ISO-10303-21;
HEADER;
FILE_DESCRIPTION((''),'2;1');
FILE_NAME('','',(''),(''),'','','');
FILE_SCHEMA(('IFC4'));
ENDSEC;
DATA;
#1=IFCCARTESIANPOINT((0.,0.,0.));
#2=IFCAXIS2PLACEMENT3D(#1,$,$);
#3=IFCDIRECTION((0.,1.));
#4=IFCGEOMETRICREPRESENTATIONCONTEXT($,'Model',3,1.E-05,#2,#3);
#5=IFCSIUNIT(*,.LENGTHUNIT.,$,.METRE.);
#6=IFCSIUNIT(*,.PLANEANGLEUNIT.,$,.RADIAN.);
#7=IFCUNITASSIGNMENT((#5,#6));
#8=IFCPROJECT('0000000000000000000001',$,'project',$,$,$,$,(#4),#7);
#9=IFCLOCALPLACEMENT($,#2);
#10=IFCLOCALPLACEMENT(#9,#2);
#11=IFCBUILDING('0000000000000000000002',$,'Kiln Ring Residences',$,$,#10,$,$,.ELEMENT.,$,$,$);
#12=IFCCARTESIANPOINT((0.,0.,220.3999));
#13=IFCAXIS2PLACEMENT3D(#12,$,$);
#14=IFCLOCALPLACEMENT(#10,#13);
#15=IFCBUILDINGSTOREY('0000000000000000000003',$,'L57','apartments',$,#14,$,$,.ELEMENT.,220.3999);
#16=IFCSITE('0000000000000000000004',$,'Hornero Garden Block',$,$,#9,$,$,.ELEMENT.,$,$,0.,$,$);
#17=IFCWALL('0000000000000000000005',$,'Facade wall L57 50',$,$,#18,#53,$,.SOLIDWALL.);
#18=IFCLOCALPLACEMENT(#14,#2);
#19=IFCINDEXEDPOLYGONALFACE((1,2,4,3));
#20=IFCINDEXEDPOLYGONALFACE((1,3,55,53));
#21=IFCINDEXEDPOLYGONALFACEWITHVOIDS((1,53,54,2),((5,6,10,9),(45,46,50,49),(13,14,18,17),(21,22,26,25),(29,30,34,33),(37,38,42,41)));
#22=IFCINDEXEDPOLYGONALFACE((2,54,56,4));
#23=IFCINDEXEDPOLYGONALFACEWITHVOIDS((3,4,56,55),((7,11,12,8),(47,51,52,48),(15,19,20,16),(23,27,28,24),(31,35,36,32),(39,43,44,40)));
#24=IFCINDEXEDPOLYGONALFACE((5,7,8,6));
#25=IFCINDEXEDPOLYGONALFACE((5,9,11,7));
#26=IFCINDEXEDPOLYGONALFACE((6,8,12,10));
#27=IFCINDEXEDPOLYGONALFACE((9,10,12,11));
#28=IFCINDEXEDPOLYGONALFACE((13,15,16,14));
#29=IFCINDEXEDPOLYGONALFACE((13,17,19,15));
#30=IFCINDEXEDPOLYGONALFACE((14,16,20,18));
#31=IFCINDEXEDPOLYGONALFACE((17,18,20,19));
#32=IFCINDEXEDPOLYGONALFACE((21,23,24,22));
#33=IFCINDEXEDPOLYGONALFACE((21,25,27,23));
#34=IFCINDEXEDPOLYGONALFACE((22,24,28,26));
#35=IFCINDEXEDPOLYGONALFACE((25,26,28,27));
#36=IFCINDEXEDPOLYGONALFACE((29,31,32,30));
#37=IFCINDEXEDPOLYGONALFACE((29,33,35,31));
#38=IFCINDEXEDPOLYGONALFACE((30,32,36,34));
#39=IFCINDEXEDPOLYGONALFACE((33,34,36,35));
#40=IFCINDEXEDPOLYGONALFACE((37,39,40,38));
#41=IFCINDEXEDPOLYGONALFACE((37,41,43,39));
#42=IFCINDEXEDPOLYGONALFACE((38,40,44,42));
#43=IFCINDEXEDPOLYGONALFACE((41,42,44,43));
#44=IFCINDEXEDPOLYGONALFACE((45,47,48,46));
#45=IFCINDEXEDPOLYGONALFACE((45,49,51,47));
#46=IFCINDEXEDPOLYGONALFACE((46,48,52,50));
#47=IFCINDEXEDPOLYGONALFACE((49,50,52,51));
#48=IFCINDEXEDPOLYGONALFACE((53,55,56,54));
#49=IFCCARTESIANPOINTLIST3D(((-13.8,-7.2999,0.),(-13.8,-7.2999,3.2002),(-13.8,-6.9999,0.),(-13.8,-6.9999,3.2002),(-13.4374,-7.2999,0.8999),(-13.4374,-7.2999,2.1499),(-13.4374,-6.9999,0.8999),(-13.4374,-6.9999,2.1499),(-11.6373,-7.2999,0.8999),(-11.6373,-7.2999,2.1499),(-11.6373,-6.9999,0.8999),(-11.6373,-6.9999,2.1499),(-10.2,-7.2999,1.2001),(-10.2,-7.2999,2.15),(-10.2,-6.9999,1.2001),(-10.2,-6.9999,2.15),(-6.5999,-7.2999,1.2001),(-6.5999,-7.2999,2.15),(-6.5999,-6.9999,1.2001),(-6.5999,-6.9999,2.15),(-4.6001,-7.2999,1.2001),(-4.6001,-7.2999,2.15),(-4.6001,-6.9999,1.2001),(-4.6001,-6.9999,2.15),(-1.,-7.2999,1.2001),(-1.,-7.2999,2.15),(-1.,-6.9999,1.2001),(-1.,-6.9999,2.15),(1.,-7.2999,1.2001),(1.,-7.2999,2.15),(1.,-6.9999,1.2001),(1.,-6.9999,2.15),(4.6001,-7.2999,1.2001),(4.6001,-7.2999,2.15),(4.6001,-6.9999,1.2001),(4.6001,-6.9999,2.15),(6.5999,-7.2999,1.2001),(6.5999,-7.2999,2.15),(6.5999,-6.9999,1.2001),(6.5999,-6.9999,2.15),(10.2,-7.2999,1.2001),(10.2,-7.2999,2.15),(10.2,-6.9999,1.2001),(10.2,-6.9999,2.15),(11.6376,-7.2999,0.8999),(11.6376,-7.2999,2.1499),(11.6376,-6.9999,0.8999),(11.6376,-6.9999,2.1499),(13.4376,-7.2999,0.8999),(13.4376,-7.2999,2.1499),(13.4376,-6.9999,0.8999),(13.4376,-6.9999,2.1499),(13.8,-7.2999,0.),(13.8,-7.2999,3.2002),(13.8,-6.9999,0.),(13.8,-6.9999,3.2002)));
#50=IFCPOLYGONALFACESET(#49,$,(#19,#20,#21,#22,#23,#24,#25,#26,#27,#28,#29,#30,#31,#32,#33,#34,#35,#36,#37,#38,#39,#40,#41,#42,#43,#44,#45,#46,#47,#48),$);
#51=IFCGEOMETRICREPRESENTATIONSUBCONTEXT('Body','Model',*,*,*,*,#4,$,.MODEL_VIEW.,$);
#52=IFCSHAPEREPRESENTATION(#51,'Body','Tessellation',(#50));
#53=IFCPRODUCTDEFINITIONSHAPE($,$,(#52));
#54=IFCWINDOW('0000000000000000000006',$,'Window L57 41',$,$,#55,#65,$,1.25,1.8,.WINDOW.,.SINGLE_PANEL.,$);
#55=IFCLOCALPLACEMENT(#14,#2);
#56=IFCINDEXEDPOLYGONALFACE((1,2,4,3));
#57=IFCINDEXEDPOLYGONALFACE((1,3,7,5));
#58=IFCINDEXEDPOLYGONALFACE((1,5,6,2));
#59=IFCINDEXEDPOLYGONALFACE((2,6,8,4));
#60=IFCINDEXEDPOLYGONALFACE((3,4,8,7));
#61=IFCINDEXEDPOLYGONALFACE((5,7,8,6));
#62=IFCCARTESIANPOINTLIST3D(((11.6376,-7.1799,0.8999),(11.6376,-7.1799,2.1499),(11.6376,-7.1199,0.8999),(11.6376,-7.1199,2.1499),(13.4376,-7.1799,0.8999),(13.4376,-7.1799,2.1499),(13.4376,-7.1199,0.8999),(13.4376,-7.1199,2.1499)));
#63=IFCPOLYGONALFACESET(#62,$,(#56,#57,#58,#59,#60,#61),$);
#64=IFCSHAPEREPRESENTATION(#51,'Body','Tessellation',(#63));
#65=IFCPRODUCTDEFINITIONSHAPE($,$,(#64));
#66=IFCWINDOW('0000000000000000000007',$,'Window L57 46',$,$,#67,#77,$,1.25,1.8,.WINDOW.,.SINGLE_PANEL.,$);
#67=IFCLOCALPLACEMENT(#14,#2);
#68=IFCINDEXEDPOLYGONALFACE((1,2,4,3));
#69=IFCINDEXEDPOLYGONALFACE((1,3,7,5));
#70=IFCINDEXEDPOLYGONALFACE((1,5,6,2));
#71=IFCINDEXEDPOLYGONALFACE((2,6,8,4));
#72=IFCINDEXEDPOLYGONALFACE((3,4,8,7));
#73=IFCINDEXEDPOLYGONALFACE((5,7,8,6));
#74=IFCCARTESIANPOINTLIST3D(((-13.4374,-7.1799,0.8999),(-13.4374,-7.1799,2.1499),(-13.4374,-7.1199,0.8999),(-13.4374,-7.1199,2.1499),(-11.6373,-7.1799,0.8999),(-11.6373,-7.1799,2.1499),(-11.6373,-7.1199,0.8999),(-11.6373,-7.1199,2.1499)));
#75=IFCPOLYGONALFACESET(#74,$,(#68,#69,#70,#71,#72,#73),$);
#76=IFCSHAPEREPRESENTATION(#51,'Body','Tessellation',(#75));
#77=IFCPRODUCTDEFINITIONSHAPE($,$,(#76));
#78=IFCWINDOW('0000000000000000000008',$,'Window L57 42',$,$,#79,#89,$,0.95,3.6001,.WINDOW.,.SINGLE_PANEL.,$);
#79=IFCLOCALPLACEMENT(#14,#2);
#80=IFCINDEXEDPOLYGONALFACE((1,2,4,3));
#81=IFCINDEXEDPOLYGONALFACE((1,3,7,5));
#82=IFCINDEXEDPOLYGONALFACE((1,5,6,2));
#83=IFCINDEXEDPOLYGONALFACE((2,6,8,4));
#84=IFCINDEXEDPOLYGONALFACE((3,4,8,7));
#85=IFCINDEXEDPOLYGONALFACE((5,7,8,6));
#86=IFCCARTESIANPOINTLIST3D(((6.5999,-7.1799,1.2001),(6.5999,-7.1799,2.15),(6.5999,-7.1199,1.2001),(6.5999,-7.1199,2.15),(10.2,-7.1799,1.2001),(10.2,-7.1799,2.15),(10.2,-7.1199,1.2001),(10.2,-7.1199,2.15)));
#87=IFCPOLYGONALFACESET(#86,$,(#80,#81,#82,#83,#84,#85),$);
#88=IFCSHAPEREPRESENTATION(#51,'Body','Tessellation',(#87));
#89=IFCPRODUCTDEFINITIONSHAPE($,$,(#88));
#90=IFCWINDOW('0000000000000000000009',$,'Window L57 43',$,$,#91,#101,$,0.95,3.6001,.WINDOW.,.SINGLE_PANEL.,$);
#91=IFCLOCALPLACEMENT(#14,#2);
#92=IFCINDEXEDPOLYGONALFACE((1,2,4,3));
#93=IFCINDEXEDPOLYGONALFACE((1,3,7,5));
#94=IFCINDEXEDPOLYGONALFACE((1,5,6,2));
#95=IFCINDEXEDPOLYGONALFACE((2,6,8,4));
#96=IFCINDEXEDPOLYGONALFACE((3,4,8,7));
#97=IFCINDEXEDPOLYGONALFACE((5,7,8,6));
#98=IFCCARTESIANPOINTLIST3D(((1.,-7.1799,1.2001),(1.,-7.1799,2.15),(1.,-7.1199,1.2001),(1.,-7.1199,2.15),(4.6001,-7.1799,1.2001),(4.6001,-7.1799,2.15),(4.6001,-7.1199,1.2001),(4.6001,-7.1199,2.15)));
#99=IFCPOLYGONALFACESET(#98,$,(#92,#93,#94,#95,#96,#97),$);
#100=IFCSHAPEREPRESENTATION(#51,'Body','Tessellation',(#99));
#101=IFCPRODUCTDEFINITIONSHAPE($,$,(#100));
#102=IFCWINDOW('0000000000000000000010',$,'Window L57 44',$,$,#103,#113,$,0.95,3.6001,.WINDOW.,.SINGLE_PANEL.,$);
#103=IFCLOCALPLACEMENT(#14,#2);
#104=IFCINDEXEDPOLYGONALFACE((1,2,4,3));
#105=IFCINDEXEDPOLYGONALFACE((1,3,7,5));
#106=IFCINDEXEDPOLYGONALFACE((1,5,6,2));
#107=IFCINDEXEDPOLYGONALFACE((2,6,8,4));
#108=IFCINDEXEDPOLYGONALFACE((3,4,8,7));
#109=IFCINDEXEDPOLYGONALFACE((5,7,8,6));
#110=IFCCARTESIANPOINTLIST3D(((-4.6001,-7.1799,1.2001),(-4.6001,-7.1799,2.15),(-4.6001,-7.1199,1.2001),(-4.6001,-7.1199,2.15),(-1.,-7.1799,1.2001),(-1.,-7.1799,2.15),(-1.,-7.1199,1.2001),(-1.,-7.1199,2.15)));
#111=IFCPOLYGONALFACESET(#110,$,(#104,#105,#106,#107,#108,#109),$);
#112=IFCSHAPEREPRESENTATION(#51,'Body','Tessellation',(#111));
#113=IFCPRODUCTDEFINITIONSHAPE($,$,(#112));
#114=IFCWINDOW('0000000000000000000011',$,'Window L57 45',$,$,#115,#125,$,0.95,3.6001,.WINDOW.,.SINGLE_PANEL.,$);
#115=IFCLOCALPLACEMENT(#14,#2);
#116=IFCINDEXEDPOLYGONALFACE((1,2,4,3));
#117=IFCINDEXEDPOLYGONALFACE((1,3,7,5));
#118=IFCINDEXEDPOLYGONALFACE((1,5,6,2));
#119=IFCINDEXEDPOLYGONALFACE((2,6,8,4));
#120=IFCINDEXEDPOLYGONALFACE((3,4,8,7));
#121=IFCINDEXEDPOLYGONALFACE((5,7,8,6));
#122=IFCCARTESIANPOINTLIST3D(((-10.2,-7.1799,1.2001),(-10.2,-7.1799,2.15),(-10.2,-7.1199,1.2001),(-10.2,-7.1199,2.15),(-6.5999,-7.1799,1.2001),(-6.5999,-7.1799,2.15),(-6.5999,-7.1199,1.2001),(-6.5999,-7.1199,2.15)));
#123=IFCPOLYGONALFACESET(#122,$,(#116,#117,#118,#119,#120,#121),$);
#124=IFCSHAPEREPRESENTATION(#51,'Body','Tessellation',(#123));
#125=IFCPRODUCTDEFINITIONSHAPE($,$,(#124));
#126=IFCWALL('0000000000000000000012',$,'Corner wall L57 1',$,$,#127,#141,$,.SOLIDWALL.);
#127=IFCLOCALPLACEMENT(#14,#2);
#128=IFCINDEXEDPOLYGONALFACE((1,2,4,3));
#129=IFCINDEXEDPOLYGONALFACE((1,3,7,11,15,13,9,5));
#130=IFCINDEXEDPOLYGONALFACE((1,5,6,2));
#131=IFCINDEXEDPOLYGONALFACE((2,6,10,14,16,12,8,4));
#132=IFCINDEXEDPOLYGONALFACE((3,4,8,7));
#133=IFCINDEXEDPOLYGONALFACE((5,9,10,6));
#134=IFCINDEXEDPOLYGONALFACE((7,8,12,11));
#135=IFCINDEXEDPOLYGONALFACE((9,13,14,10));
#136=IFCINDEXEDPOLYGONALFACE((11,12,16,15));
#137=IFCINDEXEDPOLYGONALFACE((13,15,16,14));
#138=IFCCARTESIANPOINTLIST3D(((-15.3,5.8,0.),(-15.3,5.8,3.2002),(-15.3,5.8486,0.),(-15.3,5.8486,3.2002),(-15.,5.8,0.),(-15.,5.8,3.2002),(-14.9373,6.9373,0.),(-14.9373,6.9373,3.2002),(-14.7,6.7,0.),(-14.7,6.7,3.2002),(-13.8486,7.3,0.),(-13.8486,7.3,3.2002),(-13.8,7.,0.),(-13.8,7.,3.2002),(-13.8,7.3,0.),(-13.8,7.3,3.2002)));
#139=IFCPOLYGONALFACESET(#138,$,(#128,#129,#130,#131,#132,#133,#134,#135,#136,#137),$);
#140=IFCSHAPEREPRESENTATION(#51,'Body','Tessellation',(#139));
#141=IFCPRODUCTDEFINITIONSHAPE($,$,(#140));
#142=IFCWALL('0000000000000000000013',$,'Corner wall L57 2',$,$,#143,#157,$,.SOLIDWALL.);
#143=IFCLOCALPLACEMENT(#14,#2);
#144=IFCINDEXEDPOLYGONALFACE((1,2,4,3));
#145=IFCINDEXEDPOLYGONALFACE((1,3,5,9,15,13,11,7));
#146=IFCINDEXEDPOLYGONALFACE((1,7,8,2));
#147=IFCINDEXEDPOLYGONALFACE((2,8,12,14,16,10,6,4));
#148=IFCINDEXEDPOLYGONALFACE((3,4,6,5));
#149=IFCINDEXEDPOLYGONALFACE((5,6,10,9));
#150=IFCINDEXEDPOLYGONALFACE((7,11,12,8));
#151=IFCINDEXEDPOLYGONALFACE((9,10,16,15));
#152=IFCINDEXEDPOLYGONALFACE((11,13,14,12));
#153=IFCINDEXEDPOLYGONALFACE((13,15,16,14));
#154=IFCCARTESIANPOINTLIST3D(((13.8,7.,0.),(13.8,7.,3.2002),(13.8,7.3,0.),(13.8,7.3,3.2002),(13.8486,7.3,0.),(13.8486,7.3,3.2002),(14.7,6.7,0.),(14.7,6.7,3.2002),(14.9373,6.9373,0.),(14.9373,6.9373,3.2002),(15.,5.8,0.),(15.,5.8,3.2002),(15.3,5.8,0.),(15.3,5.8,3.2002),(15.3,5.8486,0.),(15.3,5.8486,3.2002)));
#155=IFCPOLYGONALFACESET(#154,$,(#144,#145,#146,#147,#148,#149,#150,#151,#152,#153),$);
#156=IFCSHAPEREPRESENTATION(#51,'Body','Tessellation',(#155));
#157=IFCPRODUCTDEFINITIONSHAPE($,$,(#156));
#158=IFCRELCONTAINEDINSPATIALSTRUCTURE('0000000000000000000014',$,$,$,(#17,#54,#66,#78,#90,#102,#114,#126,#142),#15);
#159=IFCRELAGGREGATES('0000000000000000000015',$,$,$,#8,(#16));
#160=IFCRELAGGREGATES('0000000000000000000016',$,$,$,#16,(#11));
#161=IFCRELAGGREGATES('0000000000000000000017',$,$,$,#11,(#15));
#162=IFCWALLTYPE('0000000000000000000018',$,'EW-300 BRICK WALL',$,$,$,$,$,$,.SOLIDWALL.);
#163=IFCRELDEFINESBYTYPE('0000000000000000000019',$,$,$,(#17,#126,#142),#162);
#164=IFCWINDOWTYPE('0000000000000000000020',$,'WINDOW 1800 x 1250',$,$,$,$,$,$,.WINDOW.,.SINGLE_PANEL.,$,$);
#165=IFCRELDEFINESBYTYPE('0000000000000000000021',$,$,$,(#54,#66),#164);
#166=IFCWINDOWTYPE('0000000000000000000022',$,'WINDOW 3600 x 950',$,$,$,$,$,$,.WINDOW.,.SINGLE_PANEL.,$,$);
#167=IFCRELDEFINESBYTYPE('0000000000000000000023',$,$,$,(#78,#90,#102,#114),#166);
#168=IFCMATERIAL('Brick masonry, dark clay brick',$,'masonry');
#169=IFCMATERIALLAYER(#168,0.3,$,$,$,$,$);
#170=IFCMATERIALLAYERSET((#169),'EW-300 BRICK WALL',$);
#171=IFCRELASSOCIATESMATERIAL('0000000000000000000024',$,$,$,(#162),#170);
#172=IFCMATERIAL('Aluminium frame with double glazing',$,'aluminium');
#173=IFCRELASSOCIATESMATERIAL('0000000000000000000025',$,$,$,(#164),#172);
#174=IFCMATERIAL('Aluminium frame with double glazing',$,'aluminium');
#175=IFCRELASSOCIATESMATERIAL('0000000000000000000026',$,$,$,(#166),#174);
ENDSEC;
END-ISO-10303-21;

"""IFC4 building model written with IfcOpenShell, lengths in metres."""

from ifc_helpers import new_model, si_unit, direction, frame, frame_2d, origin, place, context, subcontext, project, spatial, polyline, rectangle, outline, extrude, material, layer, layer_set, type_object, element, fill, save


model = new_model("IFC4")

# Units and contexts
model_context = context("Model", 3, precision=1e-05, world=origin(), true_north=direction((0.0, 1.0)))
body_context = subcontext(model_context, "Body", "Model", "MODEL_VIEW")
ifc_project = project(units=[si_unit("LENGTHUNIT", "METRE"), si_unit("PLANEANGLEUNIT", "RADIAN")], contexts=[model_context])

# Site, building, storey
site_placement = place(None, origin())
site = spatial("IfcSite", under=ifc_project, at=site_placement, Name="Hornero Garden Block", CompositionType="ELEMENT", RefElevation=0.0)
building_placement = place(site_placement, origin())
building = spatial("IfcBuilding", under=site, at=building_placement, Name="Kiln Ring Residences", CompositionType="ELEMENT")
storey_placement = place(building_placement, frame((0.0, 0.0, 220.3999)))
storey = spatial("IfcBuildingStorey", under=building, at=storey_placement, Name="L57", Description="apartments", CompositionType="ELEMENT", Elevation=220.3999)

# Shared definitions
placement = place(storey_placement, origin())

# Wall, openings, windows
ifc_material_1 = material(Name="Brick masonry, dark clay brick", Category="masonry")
ifc_layer_1 = layer(ifc_material_1, 0.3)
ifc_layer_set_1 = layer_set([ifc_layer_1], Name="EW-300 BRICK WALL")
wall_type_1 = type_object("IfcWallType", Name="EW-300 BRICK WALL", PredefinedType="SOLIDWALL", material=ifc_layer_set_1)
wall_1_placement = place(storey_placement, frame((13.8, -7.1499, 0.0), z_axis=(0.0, 0.0, 1.0), x_axis=(-1.0, 0.0, 0.0)))
wall_1 = element("IfcWall", 1, at=wall_1_placement, inside=storey, type_object=wall_type_1, Name="Facade wall L57 50", PredefinedType="SOLIDWALL", context=body_context, shape_type="SweptSolid", body=[
    extrude(rectangle(XDim=27.6001, YDim=0.3, at=frame_2d((13.8, 0.0))), origin(), (0.0, 0.0, 1.0), 3.2002),
])
opening_1_placement = place(wall_1_placement, frame((0.3625, 0.0, 0.8999)))
opening_1 = element("IfcOpeningElement", 2, at=opening_1_placement, cuts=wall_1, PredefinedType="OPENING", context=body_context, shape_type="SweptSolid", body=[
    extrude(rectangle(XDim=1.8, YDim=1.25, at=frame_2d((0.8999, 0.625))), frame((0.0, 0.1599, 0.0), z_axis=(0.0, -1.0, 0.0), x_axis=(1.0, 0.0, 0.0)), (0.0, 0.0, 1.0), 0.3201),
])
opening_2_placement = place(wall_1_placement, frame((3.6001, 0.0, 1.2)))
opening_2 = element("IfcOpeningElement", 3, at=opening_2_placement, cuts=wall_1, PredefinedType="OPENING", context=body_context, shape_type="SweptSolid", body=[
    extrude(rectangle(XDim=3.6001, YDim=0.95, at=frame_2d((1.8, 0.4751))), frame((0.0, 0.1599, 0.0), z_axis=(0.0, -1.0, 0.0), x_axis=(1.0, 0.0, 0.0)), (0.0, 0.0, 1.0), 0.3201),
])
opening_3_placement = place(wall_1_placement, frame((9.2, 0.0, 1.2)))
opening_3 = element("IfcOpeningElement", 4, at=opening_3_placement, cuts=wall_1, PredefinedType="OPENING", context=body_context, shape_type="SweptSolid", body=[
    extrude(rectangle(XDim=3.6001, YDim=0.95, at=frame_2d((1.8, 0.4751))), frame((0.0, 0.1599, 0.0), z_axis=(0.0, -1.0, 0.0), x_axis=(1.0, 0.0, 0.0)), (0.0, 0.0, 1.0), 0.3201),
])
opening_4_placement = place(wall_1_placement, frame((14.8, 0.0, 1.2)))
opening_4 = element("IfcOpeningElement", 5, at=opening_4_placement, cuts=wall_1, PredefinedType="OPENING", context=body_context, shape_type="SweptSolid", body=[
    extrude(rectangle(XDim=3.6001, YDim=0.95, at=frame_2d((1.8, 0.4751))), frame((0.0, 0.1599, 0.0), z_axis=(0.0, -1.0, 0.0), x_axis=(1.0, 0.0, 0.0)), (0.0, 0.0, 1.0), 0.3201),
])
opening_5_placement = place(wall_1_placement, frame((20.3999, 0.0, 1.2)))
opening_5 = element("IfcOpeningElement", 6, at=opening_5_placement, cuts=wall_1, PredefinedType="OPENING", context=body_context, shape_type="SweptSolid", body=[
    extrude(rectangle(XDim=3.6001, YDim=0.95, at=frame_2d((1.8, 0.4751))), frame((0.0, 0.1599, 0.0), z_axis=(0.0, -1.0, 0.0), x_axis=(1.0, 0.0, 0.0)), (0.0, 0.0, 1.0), 0.3201),
])
opening_6_placement = place(wall_1_placement, frame((25.4375, 0.0, 0.8999)))
opening_6 = element("IfcOpeningElement", 7, at=opening_6_placement, cuts=wall_1, PredefinedType="OPENING", context=body_context, shape_type="SweptSolid", body=[
    extrude(rectangle(XDim=1.8, YDim=1.25, at=frame_2d((0.8999, 0.625))), frame((0.0, 0.1599, 0.0), z_axis=(0.0, -1.0, 0.0), x_axis=(1.0, 0.0, 0.0)), (0.0, 0.0, 1.0), 0.3201),
])
ifc_material_2 = material(Name="Aluminium frame with double glazing", Category="aluminium")
window_type_1 = type_object("IfcWindowType", Name="WINDOW 1800 x 1250", PartitioningType="SINGLE_PANEL", PredefinedType="WINDOW", material=ifc_material_2)
window_1_placement = place(opening_1_placement, origin())
window_1 = element("IfcWindow", 8, at=window_1_placement, inside=storey, type_object=window_type_1, Name="Window L57 41", OverallHeight=1.25, OverallWidth=1.8, PartitioningType="SINGLE_PANEL", PredefinedType="WINDOW", context=body_context, shape_type="SweptSolid", body=[
    extrude(rectangle(XDim=1.8, YDim=1.25, at=frame_2d((0.8999, 0.625))), frame((0.0, 0.03, 0.0), z_axis=(0.0, -1.0, 0.0), x_axis=(1.0, 0.0, 0.0)), (0.0, 0.0, 1.0), 0.0601),
])
fill(opening_1, window_1)
window_2_placement = place(opening_6_placement, origin())
window_2 = element("IfcWindow", 9, at=window_2_placement, inside=storey, type_object=window_type_1, Name="Window L57 46", OverallHeight=1.25, OverallWidth=1.8, PartitioningType="SINGLE_PANEL", PredefinedType="WINDOW", context=body_context, shape_type="SweptSolid", body=[
    extrude(rectangle(XDim=1.8, YDim=1.25, at=frame_2d((0.8999, 0.625))), frame((0.0, 0.03, 0.0), z_axis=(0.0, -1.0, 0.0), x_axis=(1.0, 0.0, 0.0)), (0.0, 0.0, 1.0), 0.0601),
])
fill(opening_6, window_2)
ifc_material_3 = material(Name="Aluminium frame with double glazing", Category="aluminium")
window_type_2 = type_object("IfcWindowType", Name="WINDOW 3600 x 950", PartitioningType="SINGLE_PANEL", PredefinedType="WINDOW", material=ifc_material_3)
window_3_placement = place(opening_2_placement, origin())
window_3 = element("IfcWindow", 10, at=window_3_placement, inside=storey, type_object=window_type_2, Name="Window L57 42", OverallHeight=0.95, OverallWidth=3.6001, PartitioningType="SINGLE_PANEL", PredefinedType="WINDOW", context=body_context, shape_type="SweptSolid", body=[
    extrude(rectangle(XDim=3.6001, YDim=0.95, at=frame_2d((1.8, 0.4751))), frame((0.0, 0.03, 0.0), z_axis=(0.0, -1.0, 0.0), x_axis=(1.0, 0.0, 0.0)), (0.0, 0.0, 1.0), 0.0601),
])
fill(opening_2, window_3)
window_4_placement = place(opening_3_placement, origin())
window_4 = element("IfcWindow", 11, at=window_4_placement, inside=storey, type_object=window_type_2, Name="Window L57 43", OverallHeight=0.95, OverallWidth=3.6001, PartitioningType="SINGLE_PANEL", PredefinedType="WINDOW", context=body_context, shape_type="SweptSolid", body=[
    extrude(rectangle(XDim=3.6001, YDim=0.95, at=frame_2d((1.8, 0.4751))), frame((0.0, 0.03, 0.0), z_axis=(0.0, -1.0, 0.0), x_axis=(1.0, 0.0, 0.0)), (0.0, 0.0, 1.0), 0.0601),
])
fill(opening_3, window_4)
window_5_placement = place(opening_4_placement, origin())
window_5 = element("IfcWindow", 12, at=window_5_placement, inside=storey, type_object=window_type_2, Name="Window L57 44", OverallHeight=0.95, OverallWidth=3.6001, PartitioningType="SINGLE_PANEL", PredefinedType="WINDOW", context=body_context, shape_type="SweptSolid", body=[
    extrude(rectangle(XDim=3.6001, YDim=0.95, at=frame_2d((1.8, 0.4751))), frame((0.0, 0.03, 0.0), z_axis=(0.0, -1.0, 0.0), x_axis=(1.0, 0.0, 0.0)), (0.0, 0.0, 1.0), 0.0601),
])
fill(opening_4, window_5)
window_6_placement = place(opening_5_placement, origin())
window_6 = element("IfcWindow", 13, at=window_6_placement, inside=storey, type_object=window_type_2, Name="Window L57 45", OverallHeight=0.95, OverallWidth=3.6001, PartitioningType="SINGLE_PANEL", PredefinedType="WINDOW", context=body_context, shape_type="SweptSolid", body=[
    extrude(rectangle(XDim=3.6001, YDim=0.95, at=frame_2d((1.8, 0.4751))), frame((0.0, 0.03, 0.0), z_axis=(0.0, -1.0, 0.0), x_axis=(1.0, 0.0, 0.0)), (0.0, 0.0, 1.0), 0.0601),
])
fill(opening_5, window_6)

# Walls
element("IfcWall", 14, at=placement, inside=storey, type_object=wall_type_1, Name="Corner wall L57 1", PredefinedType="SOLIDWALL", context=body_context, shape_type="SweptSolid", body=[
    extrude(outline(polyline([(-13.8486, 7.3), (-14.9373, 6.9373), (-15.3, 5.8486), (-15.3, 5.8), (-15.0, 5.8), (-14.7, 6.7), (-13.8, 7.0), (-13.8, 7.3), (-13.8486, 7.3)])), origin(), (0.0, 0.0, 1.0), 3.2002),
])
element("IfcWall", 15, at=placement, inside=storey, type_object=wall_type_1, Name="Corner wall L57 2", PredefinedType="SOLIDWALL", context=body_context, shape_type="SweptSolid", body=[
    extrude(outline(polyline([(14.9373, 6.9373), (13.8486, 7.3), (13.8, 7.3), (13.8, 7.0), (14.7, 6.7), (15.0, 5.8), (15.3, 5.8), (15.3, 5.8486), (14.9373, 6.9373)])), origin(), (0.0, 0.0, 1.0), 3.2002),
])

save(model, "model.ifc")
